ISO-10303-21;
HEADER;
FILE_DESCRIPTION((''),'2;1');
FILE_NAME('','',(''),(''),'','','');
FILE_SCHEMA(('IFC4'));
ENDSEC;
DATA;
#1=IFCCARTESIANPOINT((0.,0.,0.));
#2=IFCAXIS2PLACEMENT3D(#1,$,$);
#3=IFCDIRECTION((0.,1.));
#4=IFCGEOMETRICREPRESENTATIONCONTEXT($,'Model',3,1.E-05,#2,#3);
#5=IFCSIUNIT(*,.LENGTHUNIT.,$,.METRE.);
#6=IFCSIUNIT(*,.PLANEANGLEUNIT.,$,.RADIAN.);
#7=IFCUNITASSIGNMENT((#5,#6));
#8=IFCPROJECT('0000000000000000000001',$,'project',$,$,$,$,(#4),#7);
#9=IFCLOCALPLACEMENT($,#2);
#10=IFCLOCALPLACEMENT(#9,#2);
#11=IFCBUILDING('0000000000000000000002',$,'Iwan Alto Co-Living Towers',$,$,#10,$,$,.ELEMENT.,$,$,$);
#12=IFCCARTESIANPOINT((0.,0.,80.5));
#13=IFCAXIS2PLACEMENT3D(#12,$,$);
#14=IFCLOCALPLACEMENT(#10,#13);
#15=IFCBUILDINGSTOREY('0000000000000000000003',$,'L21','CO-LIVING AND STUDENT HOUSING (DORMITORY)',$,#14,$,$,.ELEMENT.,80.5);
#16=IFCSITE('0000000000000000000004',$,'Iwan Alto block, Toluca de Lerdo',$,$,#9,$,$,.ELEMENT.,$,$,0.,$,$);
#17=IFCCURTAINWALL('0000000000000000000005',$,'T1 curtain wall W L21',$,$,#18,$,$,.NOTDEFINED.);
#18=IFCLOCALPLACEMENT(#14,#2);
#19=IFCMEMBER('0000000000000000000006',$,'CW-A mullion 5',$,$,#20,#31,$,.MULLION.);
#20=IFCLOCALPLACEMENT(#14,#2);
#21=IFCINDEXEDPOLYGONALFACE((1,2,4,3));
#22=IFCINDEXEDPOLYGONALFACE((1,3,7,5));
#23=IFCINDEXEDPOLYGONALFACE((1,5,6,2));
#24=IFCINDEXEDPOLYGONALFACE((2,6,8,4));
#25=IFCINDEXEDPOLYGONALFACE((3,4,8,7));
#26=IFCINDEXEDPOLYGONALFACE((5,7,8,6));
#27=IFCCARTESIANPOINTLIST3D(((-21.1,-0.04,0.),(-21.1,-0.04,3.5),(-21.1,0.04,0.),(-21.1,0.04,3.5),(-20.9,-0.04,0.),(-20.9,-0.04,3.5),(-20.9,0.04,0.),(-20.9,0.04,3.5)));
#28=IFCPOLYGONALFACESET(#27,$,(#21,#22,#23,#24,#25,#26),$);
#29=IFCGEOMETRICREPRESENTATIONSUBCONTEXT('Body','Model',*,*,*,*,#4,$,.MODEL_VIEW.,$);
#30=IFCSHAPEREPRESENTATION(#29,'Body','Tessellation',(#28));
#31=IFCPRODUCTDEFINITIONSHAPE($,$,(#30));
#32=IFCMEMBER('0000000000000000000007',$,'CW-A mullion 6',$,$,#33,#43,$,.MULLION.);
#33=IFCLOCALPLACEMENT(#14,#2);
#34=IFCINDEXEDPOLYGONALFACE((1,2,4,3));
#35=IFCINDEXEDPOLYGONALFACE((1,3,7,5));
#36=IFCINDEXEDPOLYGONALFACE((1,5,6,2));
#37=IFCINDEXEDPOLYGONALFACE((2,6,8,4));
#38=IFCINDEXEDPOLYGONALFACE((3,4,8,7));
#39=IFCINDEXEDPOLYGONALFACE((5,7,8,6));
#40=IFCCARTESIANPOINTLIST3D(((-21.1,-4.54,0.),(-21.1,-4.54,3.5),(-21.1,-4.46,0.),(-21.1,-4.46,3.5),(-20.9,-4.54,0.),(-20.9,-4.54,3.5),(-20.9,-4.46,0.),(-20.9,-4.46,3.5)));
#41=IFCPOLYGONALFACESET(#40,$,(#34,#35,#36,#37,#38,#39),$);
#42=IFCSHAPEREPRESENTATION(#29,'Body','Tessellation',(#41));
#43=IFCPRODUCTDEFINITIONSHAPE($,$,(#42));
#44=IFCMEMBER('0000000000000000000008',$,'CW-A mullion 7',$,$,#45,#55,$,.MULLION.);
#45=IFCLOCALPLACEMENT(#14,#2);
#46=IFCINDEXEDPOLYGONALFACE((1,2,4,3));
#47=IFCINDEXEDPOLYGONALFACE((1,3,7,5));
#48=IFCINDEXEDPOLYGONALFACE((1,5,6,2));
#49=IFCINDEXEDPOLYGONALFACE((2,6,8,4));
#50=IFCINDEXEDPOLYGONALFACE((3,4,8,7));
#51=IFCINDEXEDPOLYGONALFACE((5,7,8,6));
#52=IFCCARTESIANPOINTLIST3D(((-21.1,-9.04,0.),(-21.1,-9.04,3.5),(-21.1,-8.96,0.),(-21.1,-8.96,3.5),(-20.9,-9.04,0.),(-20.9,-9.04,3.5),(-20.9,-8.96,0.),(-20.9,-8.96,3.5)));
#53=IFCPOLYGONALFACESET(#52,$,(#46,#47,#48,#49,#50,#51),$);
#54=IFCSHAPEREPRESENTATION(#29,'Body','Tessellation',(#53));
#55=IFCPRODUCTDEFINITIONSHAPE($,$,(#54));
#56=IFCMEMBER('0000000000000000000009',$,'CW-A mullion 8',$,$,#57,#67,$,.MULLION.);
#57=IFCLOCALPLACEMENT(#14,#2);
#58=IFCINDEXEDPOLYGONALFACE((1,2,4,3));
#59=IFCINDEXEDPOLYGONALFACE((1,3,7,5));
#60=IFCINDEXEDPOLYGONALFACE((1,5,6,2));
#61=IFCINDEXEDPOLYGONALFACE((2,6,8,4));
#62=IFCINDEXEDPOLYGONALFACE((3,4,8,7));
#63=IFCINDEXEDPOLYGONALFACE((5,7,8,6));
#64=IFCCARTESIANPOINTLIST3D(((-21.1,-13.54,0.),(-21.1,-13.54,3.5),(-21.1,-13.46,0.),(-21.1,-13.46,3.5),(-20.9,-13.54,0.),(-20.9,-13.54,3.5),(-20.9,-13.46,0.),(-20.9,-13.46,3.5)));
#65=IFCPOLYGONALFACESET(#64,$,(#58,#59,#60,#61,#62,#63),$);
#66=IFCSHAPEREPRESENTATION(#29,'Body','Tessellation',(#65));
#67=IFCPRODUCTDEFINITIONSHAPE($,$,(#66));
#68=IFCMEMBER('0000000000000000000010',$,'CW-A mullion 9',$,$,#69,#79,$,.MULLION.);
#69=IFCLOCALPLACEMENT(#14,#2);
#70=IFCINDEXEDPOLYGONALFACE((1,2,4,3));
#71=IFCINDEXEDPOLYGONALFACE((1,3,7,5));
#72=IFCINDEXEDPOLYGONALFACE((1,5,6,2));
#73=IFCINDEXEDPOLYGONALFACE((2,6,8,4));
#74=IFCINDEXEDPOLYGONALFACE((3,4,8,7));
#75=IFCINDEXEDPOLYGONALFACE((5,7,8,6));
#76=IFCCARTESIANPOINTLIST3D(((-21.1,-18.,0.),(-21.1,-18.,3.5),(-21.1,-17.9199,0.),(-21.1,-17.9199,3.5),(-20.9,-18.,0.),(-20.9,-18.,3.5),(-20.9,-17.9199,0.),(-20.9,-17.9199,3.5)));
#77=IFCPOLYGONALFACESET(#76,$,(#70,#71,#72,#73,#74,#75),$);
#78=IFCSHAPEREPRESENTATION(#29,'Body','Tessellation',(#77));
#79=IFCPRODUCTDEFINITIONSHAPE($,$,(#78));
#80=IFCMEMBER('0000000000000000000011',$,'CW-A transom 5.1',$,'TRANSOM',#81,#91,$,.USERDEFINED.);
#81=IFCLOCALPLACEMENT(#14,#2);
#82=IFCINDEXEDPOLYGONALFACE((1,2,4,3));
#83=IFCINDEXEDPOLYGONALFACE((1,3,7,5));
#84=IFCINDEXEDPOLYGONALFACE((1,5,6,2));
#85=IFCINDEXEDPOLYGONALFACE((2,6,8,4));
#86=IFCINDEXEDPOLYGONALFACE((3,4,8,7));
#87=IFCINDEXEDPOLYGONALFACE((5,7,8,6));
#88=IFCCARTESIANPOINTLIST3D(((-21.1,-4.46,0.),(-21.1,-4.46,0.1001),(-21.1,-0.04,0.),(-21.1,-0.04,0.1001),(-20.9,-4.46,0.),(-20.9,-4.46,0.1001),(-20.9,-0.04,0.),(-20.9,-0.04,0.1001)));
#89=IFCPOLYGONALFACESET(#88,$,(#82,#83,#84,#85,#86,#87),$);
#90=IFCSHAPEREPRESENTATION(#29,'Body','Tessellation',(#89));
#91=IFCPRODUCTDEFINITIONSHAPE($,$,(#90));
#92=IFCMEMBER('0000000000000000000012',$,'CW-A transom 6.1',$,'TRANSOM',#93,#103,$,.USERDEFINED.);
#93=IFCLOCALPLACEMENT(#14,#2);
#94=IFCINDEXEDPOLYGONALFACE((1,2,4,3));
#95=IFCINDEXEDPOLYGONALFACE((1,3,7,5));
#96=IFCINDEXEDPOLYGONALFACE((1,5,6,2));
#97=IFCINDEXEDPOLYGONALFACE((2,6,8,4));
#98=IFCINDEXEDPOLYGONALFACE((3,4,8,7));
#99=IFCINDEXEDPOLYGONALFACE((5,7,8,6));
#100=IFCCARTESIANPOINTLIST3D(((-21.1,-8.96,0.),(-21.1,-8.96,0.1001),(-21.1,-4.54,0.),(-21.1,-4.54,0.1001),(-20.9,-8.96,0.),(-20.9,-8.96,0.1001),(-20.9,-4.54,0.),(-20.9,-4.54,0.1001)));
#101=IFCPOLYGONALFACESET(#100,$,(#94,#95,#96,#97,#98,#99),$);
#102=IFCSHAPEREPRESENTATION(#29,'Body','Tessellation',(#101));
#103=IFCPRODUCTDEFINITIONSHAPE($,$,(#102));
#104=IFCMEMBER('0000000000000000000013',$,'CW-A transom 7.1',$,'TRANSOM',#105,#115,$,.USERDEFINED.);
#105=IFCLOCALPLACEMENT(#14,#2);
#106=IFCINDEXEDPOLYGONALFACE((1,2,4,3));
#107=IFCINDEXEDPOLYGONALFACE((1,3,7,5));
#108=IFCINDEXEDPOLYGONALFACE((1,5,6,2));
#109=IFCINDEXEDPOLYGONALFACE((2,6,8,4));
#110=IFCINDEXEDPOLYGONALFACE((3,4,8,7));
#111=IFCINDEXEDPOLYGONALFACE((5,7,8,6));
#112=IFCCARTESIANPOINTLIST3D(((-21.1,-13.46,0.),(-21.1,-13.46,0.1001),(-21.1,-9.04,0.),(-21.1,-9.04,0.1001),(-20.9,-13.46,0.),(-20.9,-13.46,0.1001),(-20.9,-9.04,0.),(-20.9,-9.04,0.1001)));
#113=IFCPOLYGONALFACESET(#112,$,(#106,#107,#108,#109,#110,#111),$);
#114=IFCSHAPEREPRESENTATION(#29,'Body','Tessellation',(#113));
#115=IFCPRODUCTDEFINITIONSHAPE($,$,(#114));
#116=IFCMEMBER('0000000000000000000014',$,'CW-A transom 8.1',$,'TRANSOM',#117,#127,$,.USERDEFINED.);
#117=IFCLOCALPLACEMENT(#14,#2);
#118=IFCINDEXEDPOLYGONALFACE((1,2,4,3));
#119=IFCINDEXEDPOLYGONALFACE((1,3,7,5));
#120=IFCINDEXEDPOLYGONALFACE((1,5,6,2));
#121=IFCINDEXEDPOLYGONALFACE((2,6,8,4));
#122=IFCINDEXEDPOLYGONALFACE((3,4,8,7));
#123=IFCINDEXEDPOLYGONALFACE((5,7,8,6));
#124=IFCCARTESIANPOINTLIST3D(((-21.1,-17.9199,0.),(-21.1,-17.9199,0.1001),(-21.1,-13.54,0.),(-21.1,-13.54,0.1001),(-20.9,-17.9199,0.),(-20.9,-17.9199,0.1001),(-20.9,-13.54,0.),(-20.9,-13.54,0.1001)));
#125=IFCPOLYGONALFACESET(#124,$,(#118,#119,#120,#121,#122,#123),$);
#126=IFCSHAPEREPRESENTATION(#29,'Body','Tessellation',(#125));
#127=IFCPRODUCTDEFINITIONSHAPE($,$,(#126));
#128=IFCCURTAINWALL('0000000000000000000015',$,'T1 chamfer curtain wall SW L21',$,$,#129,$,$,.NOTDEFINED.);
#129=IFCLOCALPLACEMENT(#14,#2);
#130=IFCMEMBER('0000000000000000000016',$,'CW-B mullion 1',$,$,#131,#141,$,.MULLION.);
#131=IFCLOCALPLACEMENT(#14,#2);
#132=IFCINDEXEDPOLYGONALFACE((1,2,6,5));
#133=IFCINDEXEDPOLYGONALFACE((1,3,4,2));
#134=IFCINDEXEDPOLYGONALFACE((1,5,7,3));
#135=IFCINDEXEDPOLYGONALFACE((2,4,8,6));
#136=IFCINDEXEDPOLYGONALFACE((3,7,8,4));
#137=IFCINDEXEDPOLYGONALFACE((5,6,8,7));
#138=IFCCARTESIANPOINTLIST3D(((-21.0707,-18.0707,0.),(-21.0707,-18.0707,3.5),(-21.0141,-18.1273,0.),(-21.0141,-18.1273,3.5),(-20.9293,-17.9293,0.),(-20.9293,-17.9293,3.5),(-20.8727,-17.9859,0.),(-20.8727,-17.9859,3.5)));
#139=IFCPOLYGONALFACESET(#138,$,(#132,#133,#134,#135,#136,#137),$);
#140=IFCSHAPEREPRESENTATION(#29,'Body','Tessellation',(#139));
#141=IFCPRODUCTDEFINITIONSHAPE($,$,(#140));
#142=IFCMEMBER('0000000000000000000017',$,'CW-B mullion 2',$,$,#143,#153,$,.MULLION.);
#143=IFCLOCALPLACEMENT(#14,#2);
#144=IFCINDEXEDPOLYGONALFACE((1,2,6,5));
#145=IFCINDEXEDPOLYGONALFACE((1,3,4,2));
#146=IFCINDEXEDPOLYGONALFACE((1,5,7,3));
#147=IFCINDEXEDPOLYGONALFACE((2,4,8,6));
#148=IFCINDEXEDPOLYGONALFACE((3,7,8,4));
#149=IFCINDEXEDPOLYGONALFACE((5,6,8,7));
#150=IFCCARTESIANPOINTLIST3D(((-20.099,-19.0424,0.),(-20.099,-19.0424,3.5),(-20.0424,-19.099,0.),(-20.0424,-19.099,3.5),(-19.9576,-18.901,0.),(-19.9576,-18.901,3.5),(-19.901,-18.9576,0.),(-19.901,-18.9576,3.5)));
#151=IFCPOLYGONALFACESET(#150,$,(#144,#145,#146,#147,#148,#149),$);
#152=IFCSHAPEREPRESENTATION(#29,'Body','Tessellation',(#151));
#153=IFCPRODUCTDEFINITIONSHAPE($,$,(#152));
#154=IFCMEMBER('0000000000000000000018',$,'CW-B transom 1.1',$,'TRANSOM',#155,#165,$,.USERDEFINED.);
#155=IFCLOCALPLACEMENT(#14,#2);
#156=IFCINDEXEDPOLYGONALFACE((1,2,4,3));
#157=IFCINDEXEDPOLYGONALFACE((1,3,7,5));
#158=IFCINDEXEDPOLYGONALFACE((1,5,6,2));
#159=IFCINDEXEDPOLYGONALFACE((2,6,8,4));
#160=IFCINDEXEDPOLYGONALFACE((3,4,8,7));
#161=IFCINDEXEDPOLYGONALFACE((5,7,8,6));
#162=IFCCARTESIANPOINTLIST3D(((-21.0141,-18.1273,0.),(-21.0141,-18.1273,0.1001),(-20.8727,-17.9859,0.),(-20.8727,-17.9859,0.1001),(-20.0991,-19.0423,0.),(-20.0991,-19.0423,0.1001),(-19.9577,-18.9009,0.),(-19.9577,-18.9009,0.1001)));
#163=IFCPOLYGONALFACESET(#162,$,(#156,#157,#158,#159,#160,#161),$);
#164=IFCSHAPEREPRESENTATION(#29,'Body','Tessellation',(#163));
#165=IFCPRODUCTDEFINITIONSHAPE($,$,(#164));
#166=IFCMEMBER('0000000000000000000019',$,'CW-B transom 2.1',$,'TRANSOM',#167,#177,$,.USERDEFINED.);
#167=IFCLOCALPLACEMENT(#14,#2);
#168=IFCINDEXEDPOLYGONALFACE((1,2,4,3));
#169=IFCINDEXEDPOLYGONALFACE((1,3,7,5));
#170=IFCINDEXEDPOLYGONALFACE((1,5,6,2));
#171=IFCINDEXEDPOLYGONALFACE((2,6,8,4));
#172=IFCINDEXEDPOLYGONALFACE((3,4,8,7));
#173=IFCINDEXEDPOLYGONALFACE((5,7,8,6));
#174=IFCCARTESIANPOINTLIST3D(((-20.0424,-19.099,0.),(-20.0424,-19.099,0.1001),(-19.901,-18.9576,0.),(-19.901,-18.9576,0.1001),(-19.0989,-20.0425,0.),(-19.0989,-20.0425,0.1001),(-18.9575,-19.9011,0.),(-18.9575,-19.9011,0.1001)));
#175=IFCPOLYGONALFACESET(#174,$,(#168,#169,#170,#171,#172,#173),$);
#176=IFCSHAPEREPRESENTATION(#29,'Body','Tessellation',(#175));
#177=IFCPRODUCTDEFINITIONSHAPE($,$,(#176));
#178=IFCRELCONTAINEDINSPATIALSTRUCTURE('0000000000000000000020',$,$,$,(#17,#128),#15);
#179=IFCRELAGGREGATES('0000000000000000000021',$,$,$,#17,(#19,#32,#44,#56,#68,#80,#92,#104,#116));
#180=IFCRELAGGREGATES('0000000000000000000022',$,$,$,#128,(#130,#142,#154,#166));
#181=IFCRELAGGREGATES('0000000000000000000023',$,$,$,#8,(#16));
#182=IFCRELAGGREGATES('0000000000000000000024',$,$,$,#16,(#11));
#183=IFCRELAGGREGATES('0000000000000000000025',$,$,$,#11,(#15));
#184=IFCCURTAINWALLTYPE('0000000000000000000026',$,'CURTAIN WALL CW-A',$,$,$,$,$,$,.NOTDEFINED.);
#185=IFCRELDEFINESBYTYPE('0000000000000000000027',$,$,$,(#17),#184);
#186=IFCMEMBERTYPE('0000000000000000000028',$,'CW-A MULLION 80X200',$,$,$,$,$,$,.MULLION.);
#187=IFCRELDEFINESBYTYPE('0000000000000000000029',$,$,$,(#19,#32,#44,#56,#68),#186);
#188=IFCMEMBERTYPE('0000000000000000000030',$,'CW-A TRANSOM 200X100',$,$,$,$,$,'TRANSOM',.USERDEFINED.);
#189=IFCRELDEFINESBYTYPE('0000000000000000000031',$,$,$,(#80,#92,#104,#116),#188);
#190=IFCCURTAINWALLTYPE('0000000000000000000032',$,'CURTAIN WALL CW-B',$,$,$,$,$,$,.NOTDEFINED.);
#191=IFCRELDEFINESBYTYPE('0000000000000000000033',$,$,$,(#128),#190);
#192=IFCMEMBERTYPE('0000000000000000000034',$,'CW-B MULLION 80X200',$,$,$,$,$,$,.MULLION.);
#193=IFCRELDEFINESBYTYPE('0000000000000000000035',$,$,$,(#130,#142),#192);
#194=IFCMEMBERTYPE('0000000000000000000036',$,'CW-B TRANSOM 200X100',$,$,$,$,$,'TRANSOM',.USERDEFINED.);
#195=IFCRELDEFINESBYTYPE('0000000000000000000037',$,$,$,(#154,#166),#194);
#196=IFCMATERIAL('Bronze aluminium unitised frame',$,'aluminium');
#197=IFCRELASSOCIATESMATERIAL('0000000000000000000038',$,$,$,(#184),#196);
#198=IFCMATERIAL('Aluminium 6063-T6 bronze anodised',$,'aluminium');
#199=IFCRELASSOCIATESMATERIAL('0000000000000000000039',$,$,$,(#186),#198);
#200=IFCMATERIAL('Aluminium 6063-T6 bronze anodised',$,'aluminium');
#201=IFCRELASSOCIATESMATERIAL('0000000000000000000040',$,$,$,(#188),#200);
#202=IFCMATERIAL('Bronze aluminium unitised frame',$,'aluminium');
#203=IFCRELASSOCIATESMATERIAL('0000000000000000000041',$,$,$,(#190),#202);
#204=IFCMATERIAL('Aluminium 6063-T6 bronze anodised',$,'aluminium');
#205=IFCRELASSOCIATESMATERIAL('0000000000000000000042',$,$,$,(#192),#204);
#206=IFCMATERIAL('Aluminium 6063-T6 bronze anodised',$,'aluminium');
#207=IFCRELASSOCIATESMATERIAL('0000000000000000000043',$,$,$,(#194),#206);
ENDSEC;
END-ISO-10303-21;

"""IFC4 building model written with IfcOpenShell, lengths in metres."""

from ifc_helpers import new_model, si_unit, direction, frame, origin, origin_2d, place, context, subcontext, project, spatial, rectangle, extrude, material, material_profile, profile_set, type_object, element, aggregate, save


model = new_model("IFC4")

# Units and contexts
model_context = context("Model", 3, precision=1e-05, world=origin(), true_north=direction((0.0, 1.0)))
body_context = subcontext(model_context, "Body", "Model", "MODEL_VIEW")
ifc_project = project(units=[si_unit("LENGTHUNIT", "METRE"), si_unit("PLANEANGLEUNIT", "RADIAN")], contexts=[model_context])

# Site, building, storey
site_placement = place(None, origin())
site = spatial("IfcSite", under=ifc_project, at=site_placement, Name="Iwan Alto block, Toluca de Lerdo", CompositionType="ELEMENT", RefElevation=0.0)
building_placement = place(site_placement, origin())
building = spatial("IfcBuilding", under=site, at=building_placement, Name="Iwan Alto Co-Living Towers", CompositionType="ELEMENT")
storey_placement = place(building_placement, frame((0.0, 0.0, 80.5)))
storey = spatial("IfcBuildingStorey", under=building, at=storey_placement, Name="L21", Description="CO-LIVING AND STUDENT HOUSING (DORMITORY)", CompositionType="ELEMENT", Elevation=80.5)

# Curtain walls, members
ifc_material_1 = material(Name="Bronze aluminium unitised frame", Category="aluminium")
curtain_wall_type_1 = type_object("IfcCurtainWallType", Name="CURTAIN WALL CW-A", PredefinedType="NOTDEFINED", material=ifc_material_1)
curtain_wall_1_placement = place(storey_placement, origin())
curtain_wall_1 = element("IfcCurtainWall", 1, at=curtain_wall_1_placement, inside=storey, type_object=curtain_wall_type_1, Name="T1 curtain wall W L21", PredefinedType="NOTDEFINED")
ifc_material_2 = material(Name="Aluminium 6063-T6 bronze anodised", Category="aluminium")
ifc_material_profile_1 = material_profile(ifc_material_2, rectangle(XDim=0.2, YDim=0.0801, at=origin_2d()), Name="AL 80X200")
ifc_profile_set_1 = profile_set([ifc_material_profile_1], Name="Aluminium 6063-T6 bronze anodised")
member_type_1 = type_object("IfcMemberType", Name="CW-A MULLION 80X200", PredefinedType="MULLION", material=ifc_profile_set_1)
member_1_placement = place(storey_placement, frame((-21.0, 0.0, 0.0), z_axis=(0.0, 0.0, 1.0), x_axis=(1.0, 0.0, 0.0)))
member_1 = element("IfcMember", 2, at=member_1_placement, type_object=member_type_1, Name="CW-A mullion 5", PredefinedType="MULLION", context=body_context, shape_type="SweptSolid", body=[
    extrude(rectangle(XDim=0.2, YDim=0.0801, at=origin_2d()), origin(), (0.0, 0.0, 1.0), 3.5),
])
member_2_placement = place(storey_placement, frame((-21.0, -4.5, 0.0), z_axis=(0.0, 0.0, 1.0), x_axis=(1.0, 0.0, 0.0)))
member_2 = element("IfcMember", 3, at=member_2_placement, type_object=member_type_1, Name="CW-A mullion 6", PredefinedType="MULLION", context=body_context, shape_type="SweptSolid", body=[
    extrude(rectangle(XDim=0.2, YDim=0.0801, at=origin_2d()), origin(), (0.0, 0.0, 1.0), 3.5),
])
member_3_placement = place(storey_placement, frame((-21.0, -9.0, 0.0), z_axis=(0.0, 0.0, 1.0), x_axis=(1.0, 0.0, 0.0)))
member_3 = element("IfcMember", 4, at=member_3_placement, type_object=member_type_1, Name="CW-A mullion 7", PredefinedType="MULLION", context=body_context, shape_type="SweptSolid", body=[
    extrude(rectangle(XDim=0.2, YDim=0.0801, at=origin_2d()), origin(), (0.0, 0.0, 1.0), 3.5),
])
member_4_placement = place(storey_placement, frame((-21.0, -13.5, 0.0), z_axis=(0.0, 0.0, 1.0), x_axis=(1.0, 0.0, 0.0)))
member_4 = element("IfcMember", 5, at=member_4_placement, type_object=member_type_1, Name="CW-A mullion 8", PredefinedType="MULLION", context=body_context, shape_type="SweptSolid", body=[
    extrude(rectangle(XDim=0.2, YDim=0.0801, at=origin_2d()), origin(), (0.0, 0.0, 1.0), 3.5),
])
member_5_placement = place(storey_placement, frame((-21.0, -17.96, 0.0), z_axis=(0.0, 0.0, 1.0), x_axis=(1.0, 0.0, 0.0)))
member_5 = element("IfcMember", 6, at=member_5_placement, type_object=member_type_1, Name="CW-A mullion 9", PredefinedType="MULLION", context=body_context, shape_type="SweptSolid", body=[
    extrude(rectangle(XDim=0.2, YDim=0.0801, at=origin_2d()), origin(), (0.0, 0.0, 1.0), 3.5),
])
ifc_material_3 = material(Name="Aluminium 6063-T6 bronze anodised", Category="aluminium")
ifc_material_profile_2 = material_profile(ifc_material_3, rectangle(XDim=0.2, YDim=0.1001, at=origin_2d()), Name="AL 200X100")
ifc_profile_set_2 = profile_set([ifc_material_profile_2], Name="Aluminium 6063-T6 bronze anodised")
member_type_2 = type_object("IfcMemberType", Name="CW-A TRANSOM 200X100", ElementType="TRANSOM", PredefinedType="USERDEFINED", material=ifc_profile_set_2)
member_6_placement = place(storey_placement, frame((-21.0, -0.04, 0.05), z_axis=(0.0, -1.0, 0.0), x_axis=(1.0, 0.0, 0.0)))
member_6 = element("IfcMember", 7, at=member_6_placement, type_object=member_type_2, Name="CW-A transom 5.1", ObjectType="TRANSOM", PredefinedType="USERDEFINED", context=body_context, shape_type="SweptSolid", body=[
    extrude(rectangle(XDim=0.2, YDim=0.1001, at=origin_2d()), origin(), (0.0, 0.0, 1.0), 4.4199),
])
member_7_placement = place(storey_placement, frame((-21.0, -4.54, 0.05), z_axis=(0.0, -1.0, 0.0), x_axis=(1.0, 0.0, 0.0)))
member_7 = element("IfcMember", 8, at=member_7_placement, type_object=member_type_2, Name="CW-A transom 6.1", ObjectType="TRANSOM", PredefinedType="USERDEFINED", context=body_context, shape_type="SweptSolid", body=[
    extrude(rectangle(XDim=0.2, YDim=0.1001, at=origin_2d()), origin(), (0.0, 0.0, 1.0), 4.4199),
])
member_8_placement = place(storey_placement, frame((-21.0, -9.04, 0.05), z_axis=(0.0, -1.0, 0.0), x_axis=(1.0, 0.0, 0.0)))
member_8 = element("IfcMember", 9, at=member_8_placement, type_object=member_type_2, Name="CW-A transom 7.1", ObjectType="TRANSOM", PredefinedType="USERDEFINED", context=body_context, shape_type="SweptSolid", body=[
    extrude(rectangle(XDim=0.2, YDim=0.1001, at=origin_2d()), origin(), (0.0, 0.0, 1.0), 4.4199),
])
member_9_placement = place(storey_placement, frame((-21.0, -13.54, 0.05), z_axis=(0.0, -1.0, 0.0), x_axis=(1.0, 0.0, 0.0)))
member_9 = element("IfcMember", 10, at=member_9_placement, type_object=member_type_2, Name="CW-A transom 8.1", ObjectType="TRANSOM", PredefinedType="USERDEFINED", context=body_context, shape_type="SweptSolid", body=[
    extrude(rectangle(XDim=0.2, YDim=0.1001, at=origin_2d()), origin(), (0.0, 0.0, 1.0), 4.3799),
])
ifc_material_4 = material(Name="Bronze aluminium unitised frame", Category="aluminium")
curtain_wall_type_2 = type_object("IfcCurtainWallType", Name="CURTAIN WALL CW-B", PredefinedType="NOTDEFINED", material=ifc_material_4)
curtain_wall_2_placement = place(storey_placement, origin())
curtain_wall_2 = element("IfcCurtainWall", 11, at=curtain_wall_2_placement, inside=storey, type_object=curtain_wall_type_2, Name="T1 chamfer curtain wall SW L21", PredefinedType="NOTDEFINED")
ifc_material_5 = material(Name="Aluminium 6063-T6 bronze anodised", Category="aluminium")
ifc_material_profile_3 = material_profile(ifc_material_5, rectangle(XDim=0.2, YDim=0.0801, at=origin_2d()), Name="AL 80X200")
ifc_profile_set_3 = profile_set([ifc_material_profile_3], Name="Aluminium 6063-T6 bronze anodised")
member_type_3 = type_object("IfcMemberType", Name="CW-B MULLION 80X200", PredefinedType="MULLION", material=ifc_profile_set_3)
member_10_placement = place(storey_placement, frame((-20.9717, -18.0283, 0.0), z_axis=(0.0, 0.0, 1.0), x_axis=(0.707107, 0.707107, 0.0)))
member_10 = element("IfcMember", 12, at=member_10_placement, type_object=member_type_3, Name="CW-B mullion 1", PredefinedType="MULLION", context=body_context, shape_type="SweptSolid", body=[
    extrude(rectangle(XDim=0.2, YDim=0.0801, at=origin_2d()), origin(), (0.0, 0.0, 1.0), 3.5),
])
member_11_placement = place(storey_placement, frame((-20.0, -19.0, 0.0), z_axis=(0.0, 0.0, 1.0), x_axis=(0.707107, 0.707107, 0.0)))
member_11 = element("IfcMember", 13, at=member_11_placement, type_object=member_type_3, Name="CW-B mullion 2", PredefinedType="MULLION", context=body_context, shape_type="SweptSolid", body=[
    extrude(rectangle(XDim=0.2, YDim=0.0801, at=origin_2d()), origin(), (0.0, 0.0, 1.0), 3.5),
])
ifc_material_6 = material(Name="Aluminium 6063-T6 bronze anodised", Category="aluminium")
ifc_material_profile_4 = material_profile(ifc_material_6, rectangle(XDim=0.2, YDim=0.1001, at=origin_2d()), Name="AL 200X100")
ifc_profile_set_4 = profile_set([ifc_material_profile_4], Name="Aluminium 6063-T6 bronze anodised")
member_type_4 = type_object("IfcMemberType", Name="CW-B TRANSOM 200X100", ElementType="TRANSOM", PredefinedType="USERDEFINED", material=ifc_profile_set_4)
member_12_placement = place(storey_placement, frame((-20.9434, -18.0566, 0.05), z_axis=(0.707107, -0.707107, 0.0), x_axis=(0.707107, 0.707107, 0.0)))
member_12 = element("IfcMember", 14, at=member_12_placement, type_object=member_type_4, Name="CW-B transom 1.1", ObjectType="TRANSOM", PredefinedType="USERDEFINED", context=body_context, shape_type="SweptSolid", body=[
    extrude(rectangle(XDim=0.2, YDim=0.1001, at=origin_2d()), origin(), (0.0, 0.0, 1.0), 1.2939),
])
member_13_placement = place(storey_placement, frame((-19.9717, -19.0283, 0.05), z_axis=(0.707107, -0.707107, 0.0), x_axis=(0.707107, 0.707107, 0.0)))
member_13 = element("IfcMember", 15, at=member_13_placement, type_object=member_type_4, Name="CW-B transom 2.1", ObjectType="TRANSOM", PredefinedType="USERDEFINED", context=body_context, shape_type="SweptSolid", body=[
    extrude(rectangle(XDim=0.2, YDim=0.1001, at=origin_2d()), origin(), (0.0, 0.0, 1.0), 1.3342),
])

aggregate(curtain_wall_1, [member_1, member_2, member_3, member_4, member_5, member_6, member_7, member_8, member_9])
aggregate(curtain_wall_2, [member_10, member_11, member_12, member_13])

save(model, "model.ifc")
